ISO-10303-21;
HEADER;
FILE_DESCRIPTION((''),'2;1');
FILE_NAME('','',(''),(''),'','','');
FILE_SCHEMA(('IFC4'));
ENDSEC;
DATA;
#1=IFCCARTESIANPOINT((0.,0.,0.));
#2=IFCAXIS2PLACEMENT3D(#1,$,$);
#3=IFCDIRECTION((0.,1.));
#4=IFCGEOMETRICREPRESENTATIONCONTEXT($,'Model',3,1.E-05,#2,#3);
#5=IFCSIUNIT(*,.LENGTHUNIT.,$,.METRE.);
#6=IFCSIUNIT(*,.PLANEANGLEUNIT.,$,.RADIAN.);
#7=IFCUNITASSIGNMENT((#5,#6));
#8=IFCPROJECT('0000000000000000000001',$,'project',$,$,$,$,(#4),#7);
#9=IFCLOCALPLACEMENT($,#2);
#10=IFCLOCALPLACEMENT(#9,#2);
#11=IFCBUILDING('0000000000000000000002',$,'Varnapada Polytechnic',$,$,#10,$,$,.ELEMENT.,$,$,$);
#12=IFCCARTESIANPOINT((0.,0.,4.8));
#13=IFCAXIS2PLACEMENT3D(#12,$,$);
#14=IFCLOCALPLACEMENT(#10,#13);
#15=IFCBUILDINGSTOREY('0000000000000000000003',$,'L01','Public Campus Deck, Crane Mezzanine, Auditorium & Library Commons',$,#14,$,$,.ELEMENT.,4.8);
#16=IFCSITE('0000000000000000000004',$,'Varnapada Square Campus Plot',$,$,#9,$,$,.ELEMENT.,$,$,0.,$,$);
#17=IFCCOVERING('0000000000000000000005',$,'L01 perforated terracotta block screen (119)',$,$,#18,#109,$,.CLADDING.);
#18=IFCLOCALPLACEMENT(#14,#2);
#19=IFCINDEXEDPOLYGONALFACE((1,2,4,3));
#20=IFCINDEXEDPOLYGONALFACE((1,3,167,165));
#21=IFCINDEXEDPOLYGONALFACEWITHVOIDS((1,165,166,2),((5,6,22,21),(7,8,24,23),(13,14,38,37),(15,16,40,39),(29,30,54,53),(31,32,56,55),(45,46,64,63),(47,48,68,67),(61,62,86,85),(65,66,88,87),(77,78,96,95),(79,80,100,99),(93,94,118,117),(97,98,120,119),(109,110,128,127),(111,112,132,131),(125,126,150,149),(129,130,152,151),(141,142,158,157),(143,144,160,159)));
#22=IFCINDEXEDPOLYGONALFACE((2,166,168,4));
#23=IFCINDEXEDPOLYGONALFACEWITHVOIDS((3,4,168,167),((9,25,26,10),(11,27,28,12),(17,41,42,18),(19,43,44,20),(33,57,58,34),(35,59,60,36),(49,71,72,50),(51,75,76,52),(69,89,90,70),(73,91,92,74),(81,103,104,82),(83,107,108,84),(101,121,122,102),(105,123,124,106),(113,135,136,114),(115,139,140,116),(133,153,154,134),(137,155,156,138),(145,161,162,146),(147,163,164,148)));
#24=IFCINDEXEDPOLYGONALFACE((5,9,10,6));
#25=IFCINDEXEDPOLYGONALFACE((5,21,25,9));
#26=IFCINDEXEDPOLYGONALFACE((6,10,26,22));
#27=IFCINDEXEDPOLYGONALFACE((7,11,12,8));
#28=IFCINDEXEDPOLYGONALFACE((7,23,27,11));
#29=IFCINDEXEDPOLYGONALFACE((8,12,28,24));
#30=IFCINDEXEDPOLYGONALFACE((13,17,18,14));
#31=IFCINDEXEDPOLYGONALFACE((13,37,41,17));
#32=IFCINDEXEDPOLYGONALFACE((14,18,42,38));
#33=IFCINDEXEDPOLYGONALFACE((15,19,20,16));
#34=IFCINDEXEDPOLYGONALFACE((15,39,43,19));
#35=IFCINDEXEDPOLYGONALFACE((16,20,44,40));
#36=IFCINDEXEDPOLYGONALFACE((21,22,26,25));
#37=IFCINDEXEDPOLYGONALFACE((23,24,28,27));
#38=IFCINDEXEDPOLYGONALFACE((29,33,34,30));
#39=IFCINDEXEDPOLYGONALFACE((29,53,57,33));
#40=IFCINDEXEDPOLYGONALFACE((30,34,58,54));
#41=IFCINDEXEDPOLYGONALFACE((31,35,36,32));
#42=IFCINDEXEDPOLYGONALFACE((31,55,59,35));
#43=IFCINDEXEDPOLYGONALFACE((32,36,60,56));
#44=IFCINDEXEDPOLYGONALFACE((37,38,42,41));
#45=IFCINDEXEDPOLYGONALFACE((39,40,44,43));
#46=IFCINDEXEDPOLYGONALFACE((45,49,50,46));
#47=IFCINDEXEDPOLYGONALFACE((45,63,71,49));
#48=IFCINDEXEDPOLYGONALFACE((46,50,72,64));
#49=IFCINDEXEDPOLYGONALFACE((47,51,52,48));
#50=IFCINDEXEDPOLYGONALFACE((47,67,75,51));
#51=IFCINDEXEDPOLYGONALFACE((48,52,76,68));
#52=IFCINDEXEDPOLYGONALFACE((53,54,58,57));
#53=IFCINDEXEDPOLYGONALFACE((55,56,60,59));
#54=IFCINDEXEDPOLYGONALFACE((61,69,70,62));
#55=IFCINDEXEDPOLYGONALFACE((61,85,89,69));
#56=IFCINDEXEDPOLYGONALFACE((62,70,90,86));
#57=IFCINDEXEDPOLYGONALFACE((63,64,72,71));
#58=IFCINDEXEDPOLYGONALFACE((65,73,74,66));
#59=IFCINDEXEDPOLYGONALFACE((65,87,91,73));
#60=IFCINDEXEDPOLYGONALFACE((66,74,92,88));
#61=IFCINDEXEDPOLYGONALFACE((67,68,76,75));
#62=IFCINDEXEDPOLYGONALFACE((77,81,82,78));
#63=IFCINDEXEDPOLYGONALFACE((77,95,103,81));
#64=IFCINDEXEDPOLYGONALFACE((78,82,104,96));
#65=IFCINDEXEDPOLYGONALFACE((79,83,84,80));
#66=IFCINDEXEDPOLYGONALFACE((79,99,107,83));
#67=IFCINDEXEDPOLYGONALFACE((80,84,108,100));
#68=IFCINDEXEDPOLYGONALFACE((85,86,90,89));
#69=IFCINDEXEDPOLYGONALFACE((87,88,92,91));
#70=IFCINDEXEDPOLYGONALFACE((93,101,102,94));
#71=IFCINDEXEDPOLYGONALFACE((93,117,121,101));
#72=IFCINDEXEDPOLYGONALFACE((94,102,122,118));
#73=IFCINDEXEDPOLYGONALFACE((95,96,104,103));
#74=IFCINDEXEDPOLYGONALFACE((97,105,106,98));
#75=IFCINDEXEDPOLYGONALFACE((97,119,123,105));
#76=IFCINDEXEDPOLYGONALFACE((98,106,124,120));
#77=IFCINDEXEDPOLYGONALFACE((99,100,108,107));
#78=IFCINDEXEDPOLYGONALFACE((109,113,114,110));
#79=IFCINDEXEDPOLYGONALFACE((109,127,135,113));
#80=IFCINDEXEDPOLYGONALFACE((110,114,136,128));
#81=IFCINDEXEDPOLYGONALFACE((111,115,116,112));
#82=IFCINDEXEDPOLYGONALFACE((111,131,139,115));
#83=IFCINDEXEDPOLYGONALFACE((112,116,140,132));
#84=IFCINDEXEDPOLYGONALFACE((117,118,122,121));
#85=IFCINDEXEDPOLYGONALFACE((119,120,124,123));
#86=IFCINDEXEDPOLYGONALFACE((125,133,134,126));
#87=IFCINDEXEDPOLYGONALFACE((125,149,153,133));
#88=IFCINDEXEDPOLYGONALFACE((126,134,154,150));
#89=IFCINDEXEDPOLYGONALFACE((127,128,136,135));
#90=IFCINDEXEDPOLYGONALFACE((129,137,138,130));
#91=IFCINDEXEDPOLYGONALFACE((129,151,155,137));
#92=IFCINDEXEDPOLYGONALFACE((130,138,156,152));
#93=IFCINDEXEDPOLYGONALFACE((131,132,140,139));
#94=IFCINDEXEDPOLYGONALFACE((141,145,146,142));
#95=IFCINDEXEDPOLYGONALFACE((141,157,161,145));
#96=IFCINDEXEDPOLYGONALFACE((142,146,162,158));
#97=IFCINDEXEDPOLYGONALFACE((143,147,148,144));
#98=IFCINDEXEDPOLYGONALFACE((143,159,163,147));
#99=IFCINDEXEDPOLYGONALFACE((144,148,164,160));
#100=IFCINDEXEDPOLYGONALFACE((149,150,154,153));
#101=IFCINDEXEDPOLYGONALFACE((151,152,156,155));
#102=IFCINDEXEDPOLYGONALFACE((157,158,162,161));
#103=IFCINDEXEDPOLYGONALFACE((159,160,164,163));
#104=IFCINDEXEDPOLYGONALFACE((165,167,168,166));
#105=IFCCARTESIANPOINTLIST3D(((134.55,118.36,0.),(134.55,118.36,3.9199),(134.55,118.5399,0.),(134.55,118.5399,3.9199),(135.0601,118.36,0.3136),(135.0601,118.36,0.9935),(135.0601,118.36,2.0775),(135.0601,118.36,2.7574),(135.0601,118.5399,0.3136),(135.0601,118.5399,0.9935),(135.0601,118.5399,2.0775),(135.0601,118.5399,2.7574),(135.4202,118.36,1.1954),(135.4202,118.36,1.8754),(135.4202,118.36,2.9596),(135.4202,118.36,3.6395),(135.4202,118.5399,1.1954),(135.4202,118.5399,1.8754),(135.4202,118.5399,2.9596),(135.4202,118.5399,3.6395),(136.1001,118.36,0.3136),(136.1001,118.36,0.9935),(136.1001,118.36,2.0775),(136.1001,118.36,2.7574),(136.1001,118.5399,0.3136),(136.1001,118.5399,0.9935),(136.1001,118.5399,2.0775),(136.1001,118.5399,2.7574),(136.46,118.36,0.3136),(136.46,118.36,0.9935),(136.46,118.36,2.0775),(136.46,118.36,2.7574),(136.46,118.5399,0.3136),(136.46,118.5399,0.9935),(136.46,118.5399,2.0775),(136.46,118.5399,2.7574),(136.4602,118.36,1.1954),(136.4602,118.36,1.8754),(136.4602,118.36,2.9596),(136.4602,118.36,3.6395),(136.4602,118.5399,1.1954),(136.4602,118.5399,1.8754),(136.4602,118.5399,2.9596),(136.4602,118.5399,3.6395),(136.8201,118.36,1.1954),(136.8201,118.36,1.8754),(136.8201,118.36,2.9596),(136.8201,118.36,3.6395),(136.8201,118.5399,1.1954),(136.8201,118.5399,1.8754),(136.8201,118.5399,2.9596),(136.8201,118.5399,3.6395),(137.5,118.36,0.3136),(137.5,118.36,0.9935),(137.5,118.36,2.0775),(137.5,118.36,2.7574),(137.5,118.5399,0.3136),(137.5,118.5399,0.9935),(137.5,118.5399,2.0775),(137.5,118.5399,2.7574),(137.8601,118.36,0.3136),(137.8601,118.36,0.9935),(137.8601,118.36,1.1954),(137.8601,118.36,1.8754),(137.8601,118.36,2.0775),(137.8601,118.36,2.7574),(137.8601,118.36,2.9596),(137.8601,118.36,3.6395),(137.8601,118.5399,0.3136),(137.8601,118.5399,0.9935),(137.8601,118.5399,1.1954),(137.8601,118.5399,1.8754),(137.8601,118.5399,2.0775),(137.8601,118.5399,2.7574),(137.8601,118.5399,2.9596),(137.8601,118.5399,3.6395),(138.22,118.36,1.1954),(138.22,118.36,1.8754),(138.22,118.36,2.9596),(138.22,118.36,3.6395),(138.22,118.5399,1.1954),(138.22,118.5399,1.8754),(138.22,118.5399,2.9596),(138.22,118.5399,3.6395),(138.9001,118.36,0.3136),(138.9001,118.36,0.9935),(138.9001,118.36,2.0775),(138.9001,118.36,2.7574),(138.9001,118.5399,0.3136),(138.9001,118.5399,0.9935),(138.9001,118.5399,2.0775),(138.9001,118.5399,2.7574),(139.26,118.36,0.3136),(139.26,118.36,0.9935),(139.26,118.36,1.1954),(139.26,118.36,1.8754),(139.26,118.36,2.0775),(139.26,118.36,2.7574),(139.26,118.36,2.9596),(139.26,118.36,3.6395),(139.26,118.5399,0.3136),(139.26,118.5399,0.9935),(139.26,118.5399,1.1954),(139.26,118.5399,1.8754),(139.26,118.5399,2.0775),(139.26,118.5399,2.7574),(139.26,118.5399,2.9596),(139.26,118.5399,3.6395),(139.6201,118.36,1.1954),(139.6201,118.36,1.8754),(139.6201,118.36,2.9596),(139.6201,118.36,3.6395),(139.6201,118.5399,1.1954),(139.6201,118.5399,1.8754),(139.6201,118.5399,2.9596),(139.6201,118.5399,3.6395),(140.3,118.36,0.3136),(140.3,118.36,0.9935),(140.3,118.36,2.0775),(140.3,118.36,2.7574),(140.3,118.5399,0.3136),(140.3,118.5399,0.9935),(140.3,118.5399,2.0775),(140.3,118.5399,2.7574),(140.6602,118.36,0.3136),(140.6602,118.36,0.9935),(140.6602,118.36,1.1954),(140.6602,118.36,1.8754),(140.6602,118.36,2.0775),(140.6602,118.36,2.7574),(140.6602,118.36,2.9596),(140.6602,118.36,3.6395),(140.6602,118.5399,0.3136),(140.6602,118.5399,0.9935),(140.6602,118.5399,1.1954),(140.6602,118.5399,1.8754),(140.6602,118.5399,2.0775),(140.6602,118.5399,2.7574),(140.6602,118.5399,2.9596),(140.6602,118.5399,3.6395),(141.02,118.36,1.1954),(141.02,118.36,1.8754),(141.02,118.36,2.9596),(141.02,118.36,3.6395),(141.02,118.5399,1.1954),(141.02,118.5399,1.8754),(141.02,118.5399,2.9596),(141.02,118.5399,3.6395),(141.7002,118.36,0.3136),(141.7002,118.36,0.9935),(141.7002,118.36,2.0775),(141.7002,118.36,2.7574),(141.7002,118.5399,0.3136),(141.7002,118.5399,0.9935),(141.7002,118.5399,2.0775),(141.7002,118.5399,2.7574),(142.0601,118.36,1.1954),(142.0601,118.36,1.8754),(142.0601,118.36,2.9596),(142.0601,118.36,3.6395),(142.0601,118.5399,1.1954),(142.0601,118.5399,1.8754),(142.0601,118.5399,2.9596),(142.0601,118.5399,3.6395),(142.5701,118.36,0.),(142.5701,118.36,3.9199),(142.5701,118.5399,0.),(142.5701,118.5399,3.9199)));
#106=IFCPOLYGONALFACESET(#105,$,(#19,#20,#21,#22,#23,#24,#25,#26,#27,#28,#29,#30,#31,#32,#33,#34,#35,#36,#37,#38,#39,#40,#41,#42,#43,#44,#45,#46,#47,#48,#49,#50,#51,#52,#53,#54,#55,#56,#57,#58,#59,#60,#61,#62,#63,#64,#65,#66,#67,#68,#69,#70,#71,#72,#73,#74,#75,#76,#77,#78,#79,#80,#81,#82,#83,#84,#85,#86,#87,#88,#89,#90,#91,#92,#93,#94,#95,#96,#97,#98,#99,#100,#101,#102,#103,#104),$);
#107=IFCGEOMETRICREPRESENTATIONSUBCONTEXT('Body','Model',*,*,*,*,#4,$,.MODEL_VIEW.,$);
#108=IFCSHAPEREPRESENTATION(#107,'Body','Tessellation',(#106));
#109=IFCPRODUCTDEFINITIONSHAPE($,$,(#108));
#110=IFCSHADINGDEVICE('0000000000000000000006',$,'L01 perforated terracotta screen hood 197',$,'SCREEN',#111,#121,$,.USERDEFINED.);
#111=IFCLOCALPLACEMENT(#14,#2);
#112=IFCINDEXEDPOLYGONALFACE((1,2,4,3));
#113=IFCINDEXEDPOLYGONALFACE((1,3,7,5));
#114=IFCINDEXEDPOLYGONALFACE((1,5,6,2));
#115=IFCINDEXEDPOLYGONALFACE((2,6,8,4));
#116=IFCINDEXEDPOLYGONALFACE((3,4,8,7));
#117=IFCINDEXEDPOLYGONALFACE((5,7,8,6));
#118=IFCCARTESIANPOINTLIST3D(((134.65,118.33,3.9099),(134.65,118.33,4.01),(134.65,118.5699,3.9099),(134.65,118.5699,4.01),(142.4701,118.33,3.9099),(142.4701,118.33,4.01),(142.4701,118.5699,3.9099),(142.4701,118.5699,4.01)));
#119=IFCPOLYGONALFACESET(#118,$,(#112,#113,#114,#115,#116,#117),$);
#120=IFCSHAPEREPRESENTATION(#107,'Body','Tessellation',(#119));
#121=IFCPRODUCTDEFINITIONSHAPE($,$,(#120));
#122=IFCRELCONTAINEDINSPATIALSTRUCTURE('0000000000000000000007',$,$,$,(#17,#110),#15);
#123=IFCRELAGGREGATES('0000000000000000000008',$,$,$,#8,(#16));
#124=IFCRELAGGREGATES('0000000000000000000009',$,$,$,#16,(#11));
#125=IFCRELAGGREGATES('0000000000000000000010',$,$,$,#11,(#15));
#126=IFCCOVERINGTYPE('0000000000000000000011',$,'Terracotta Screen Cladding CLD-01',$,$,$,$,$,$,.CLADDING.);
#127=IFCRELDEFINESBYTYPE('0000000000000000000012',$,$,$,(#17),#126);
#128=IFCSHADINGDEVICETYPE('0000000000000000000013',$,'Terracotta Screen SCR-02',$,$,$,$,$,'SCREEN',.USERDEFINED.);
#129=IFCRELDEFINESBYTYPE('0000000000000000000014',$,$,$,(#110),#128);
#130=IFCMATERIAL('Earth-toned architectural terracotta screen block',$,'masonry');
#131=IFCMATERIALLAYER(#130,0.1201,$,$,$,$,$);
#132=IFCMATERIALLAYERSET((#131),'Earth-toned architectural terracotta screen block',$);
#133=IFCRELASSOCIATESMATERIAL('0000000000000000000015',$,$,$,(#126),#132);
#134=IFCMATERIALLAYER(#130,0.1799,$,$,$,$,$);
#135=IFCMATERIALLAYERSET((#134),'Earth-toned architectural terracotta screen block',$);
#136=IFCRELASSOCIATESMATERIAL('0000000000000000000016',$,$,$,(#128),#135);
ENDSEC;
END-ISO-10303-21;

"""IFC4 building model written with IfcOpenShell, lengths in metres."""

from ifc_helpers import new_model, si_unit, direction, frame, frame_2d, origin, origin_2d, place, context, subcontext, project, spatial, rectangle, extrude, material, layer, layer_set, type_object, element, save


model = new_model("IFC4")

# Units and contexts
model_context = context("Model", 3, precision=1e-05, world=origin(), true_north=direction((0.0, 1.0)))
body_context = subcontext(model_context, "Body", "Model", "MODEL_VIEW")
ifc_project = project(units=[si_unit("LENGTHUNIT", "METRE"), si_unit("PLANEANGLEUNIT", "RADIAN")], contexts=[model_context])

# Site, building, storey
site_placement = place(None, origin())
site = spatial("IfcSite", under=ifc_project, at=site_placement, Name="Varnapada Square Campus Plot", CompositionType="ELEMENT", RefElevation=0.0)
building_placement = place(site_placement, origin())
building = spatial("IfcBuilding", under=site, at=building_placement, Name="Varnapada Polytechnic", CompositionType="ELEMENT")
storey_placement = place(building_placement, frame((0.0, 0.0, 4.8)))
storey = spatial("IfcBuildingStorey", under=building, at=storey_placement, Name="L01", Description="Public Campus Deck, Crane Mezzanine, Auditorium & Library Commons", CompositionType="ELEMENT", Elevation=4.8)

# Covering, openings
ifc_material_1 = material(Name="Earth-toned architectural terracotta screen block", Category="masonry")
ifc_layer_1 = layer(ifc_material_1, 0.1201)
ifc_layer_set_1 = layer_set([ifc_layer_1], Name="Earth-toned architectural terracotta screen block")
covering_type = type_object("IfcCoveringType", Name="Terracotta Screen Cladding CLD-01", PredefinedType="CLADDING", material=ifc_layer_set_1)
covering_placement = place(storey_placement, frame((134.55, 118.45, 0.0), z_axis=(0.0, 0.0, 1.0), x_axis=(1.0, 0.0, 0.0)))
covering = element("IfcCovering", 1, at=covering_placement, inside=storey, type_object=covering_type, Name="L01 perforated terracotta block screen (119)", PredefinedType="CLADDING", context=body_context, shape_type="SweptSolid", body=[
    extrude(rectangle(XDim=8.02, YDim=0.1799, at=frame_2d((4.01, 0.0))), origin(), (0.0, 0.0, 1.0), 3.9199),
])
opening_1_placement = place(covering_placement, frame((0.51, 0.0, 0.3137)))
element("IfcOpeningElement", 2, at=opening_1_placement, cuts=covering, PredefinedType="OPENING", context=body_context, shape_type="SweptSolid", body=[
    extrude(rectangle(XDim=1.04, YDim=0.6799, at=frame_2d((0.52, 0.3398))), frame((0.0, 0.0999, 0.0), z_axis=(0.0, -1.0, 0.0), x_axis=(1.0, 0.0, 0.0)), (0.0, 0.0, 1.0), 0.2),
])
opening_2_placement = place(covering_placement, frame((1.9099, 0.0, 0.3137)))
element("IfcOpeningElement", 3, at=opening_2_placement, cuts=covering, PredefinedType="OPENING", context=body_context, shape_type="SweptSolid", body=[
    extrude(rectangle(XDim=1.04, YDim=0.6799, at=frame_2d((0.52, 0.3398))), frame((0.0, 0.0999, 0.0), z_axis=(0.0, -1.0, 0.0), x_axis=(1.0, 0.0, 0.0)), (0.0, 0.0, 1.0), 0.2),
])
opening_3_placement = place(covering_placement, frame((3.3101, 0.0, 0.3137)))
element("IfcOpeningElement", 4, at=opening_3_placement, cuts=covering, PredefinedType="OPENING", context=body_context, shape_type="SweptSolid", body=[
    extrude(rectangle(XDim=1.04, YDim=0.6799, at=frame_2d((0.52, 0.3398))), frame((0.0, 0.0999, 0.0), z_axis=(0.0, -1.0, 0.0), x_axis=(1.0, 0.0, 0.0)), (0.0, 0.0, 1.0), 0.2),
])
opening_4_placement = place(covering_placement, frame((4.71, 0.0, 0.3137)))
element("IfcOpeningElement", 5, at=opening_4_placement, cuts=covering, PredefinedType="OPENING", context=body_context, shape_type="SweptSolid", body=[
    extrude(rectangle(XDim=1.04, YDim=0.6799, at=frame_2d((0.52, 0.3398))), frame((0.0, 0.0999, 0.0), z_axis=(0.0, -1.0, 0.0), x_axis=(1.0, 0.0, 0.0)), (0.0, 0.0, 1.0), 0.2),
])
opening_5_placement = place(covering_placement, frame((6.1101, 0.0, 0.3137)))
element("IfcOpeningElement", 6, at=opening_5_placement, cuts=covering, PredefinedType="OPENING", context=body_context, shape_type="SweptSolid", body=[
    extrude(rectangle(XDim=1.04, YDim=0.6799, at=frame_2d((0.52, 0.3398))), frame((0.0, 0.0999, 0.0), z_axis=(0.0, -1.0, 0.0), x_axis=(1.0, 0.0, 0.0)), (0.0, 0.0, 1.0), 0.2),
])
opening_6_placement = place(covering_placement, frame((0.8701, 0.0, 1.1956)))
element("IfcOpeningElement", 7, at=opening_6_placement, cuts=covering, PredefinedType="OPENING", context=body_context, shape_type="SweptSolid", body=[
    extrude(rectangle(XDim=1.04, YDim=0.6799, at=frame_2d((0.52, 0.3398))), frame((0.0, 0.0999, 0.0), z_axis=(0.0, -1.0, 0.0), x_axis=(1.0, 0.0, 0.0)), (0.0, 0.0, 1.0), 0.2),
])
opening_7_placement = place(covering_placement, frame((2.27, 0.0, 1.1956)))
element("IfcOpeningElement", 8, at=opening_7_placement, cuts=covering, PredefinedType="OPENING", context=body_context, shape_type="SweptSolid", body=[
    extrude(rectangle(XDim=1.04, YDim=0.6799, at=frame_2d((0.52, 0.3398))), frame((0.0, 0.0999, 0.0), z_axis=(0.0, -1.0, 0.0), x_axis=(1.0, 0.0, 0.0)), (0.0, 0.0, 1.0), 0.2),
])
opening_8_placement = place(covering_placement, frame((3.6699, 0.0, 1.1956)))
element("IfcOpeningElement", 9, at=opening_8_placement, cuts=covering, PredefinedType="OPENING", context=body_context, shape_type="SweptSolid", body=[
    extrude(rectangle(XDim=1.04, YDim=0.6799, at=frame_2d((0.52, 0.3398))), frame((0.0, 0.0999, 0.0), z_axis=(0.0, -1.0, 0.0), x_axis=(1.0, 0.0, 0.0)), (0.0, 0.0, 1.0), 0.2),
])
opening_9_placement = place(covering_placement, frame((5.0701, 0.0, 1.1956)))
element("IfcOpeningElement", 10, at=opening_9_placement, cuts=covering, PredefinedType="OPENING", context=body_context, shape_type="SweptSolid", body=[
    extrude(rectangle(XDim=1.04, YDim=0.6799, at=frame_2d((0.52, 0.3398))), frame((0.0, 0.0999, 0.0), z_axis=(0.0, -1.0, 0.0), x_axis=(1.0, 0.0, 0.0)), (0.0, 0.0, 1.0), 0.2),
])
opening_10_placement = place(covering_placement, frame((6.47, 0.0, 1.1956)))
element("IfcOpeningElement", 11, at=opening_10_placement, cuts=covering, PredefinedType="OPENING", context=body_context, shape_type="SweptSolid", body=[
    extrude(rectangle(XDim=1.04, YDim=0.6799, at=frame_2d((0.52, 0.3398))), frame((0.0, 0.0999, 0.0), z_axis=(0.0, -1.0, 0.0), x_axis=(1.0, 0.0, 0.0)), (0.0, 0.0, 1.0), 0.2),
])
opening_11_placement = place(covering_placement, frame((0.51, 0.0, 2.0776)))
element("IfcOpeningElement", 12, at=opening_11_placement, cuts=covering, PredefinedType="OPENING", context=body_context, shape_type="SweptSolid", body=[
    extrude(rectangle(XDim=1.04, YDim=0.6799, at=frame_2d((0.52, 0.3398))), frame((0.0, 0.0999, 0.0), z_axis=(0.0, -1.0, 0.0), x_axis=(1.0, 0.0, 0.0)), (0.0, 0.0, 1.0), 0.2),
])
opening_12_placement = place(covering_placement, frame((1.9099, 0.0, 2.0776)))
element("IfcOpeningElement", 13, at=opening_12_placement, cuts=covering, PredefinedType="OPENING", context=body_context, shape_type="SweptSolid", body=[
    extrude(rectangle(XDim=1.04, YDim=0.6799, at=frame_2d((0.52, 0.3398))), frame((0.0, 0.0999, 0.0), z_axis=(0.0, -1.0, 0.0), x_axis=(1.0, 0.0, 0.0)), (0.0, 0.0, 1.0), 0.2),
])
opening_13_placement = place(covering_placement, frame((3.3101, 0.0, 2.0776)))
element("IfcOpeningElement", 14, at=opening_13_placement, cuts=covering, PredefinedType="OPENING", context=body_context, shape_type="SweptSolid", body=[
    extrude(rectangle(XDim=1.04, YDim=0.6799, at=frame_2d((0.52, 0.3398))), frame((0.0, 0.0999, 0.0), z_axis=(0.0, -1.0, 0.0), x_axis=(1.0, 0.0, 0.0)), (0.0, 0.0, 1.0), 0.2),
])
opening_14_placement = place(covering_placement, frame((4.71, 0.0, 2.0776)))
element("IfcOpeningElement", 15, at=opening_14_placement, cuts=covering, PredefinedType="OPENING", context=body_context, shape_type="SweptSolid", body=[
    extrude(rectangle(XDim=1.04, YDim=0.6799, at=frame_2d((0.52, 0.3398))), frame((0.0, 0.0999, 0.0), z_axis=(0.0, -1.0, 0.0), x_axis=(1.0, 0.0, 0.0)), (0.0, 0.0, 1.0), 0.2),
])
opening_15_placement = place(covering_placement, frame((6.1101, 0.0, 2.0776)))
element("IfcOpeningElement", 16, at=opening_15_placement, cuts=covering, PredefinedType="OPENING", context=body_context, shape_type="SweptSolid", body=[
    extrude(rectangle(XDim=1.04, YDim=0.6799, at=frame_2d((0.52, 0.3398))), frame((0.0, 0.0999, 0.0), z_axis=(0.0, -1.0, 0.0), x_axis=(1.0, 0.0, 0.0)), (0.0, 0.0, 1.0), 0.2),
])
opening_16_placement = place(covering_placement, frame((0.8701, 0.0, 2.9597)))
element("IfcOpeningElement", 17, at=opening_16_placement, cuts=covering, PredefinedType="OPENING", context=body_context, shape_type="SweptSolid", body=[
    extrude(rectangle(XDim=1.04, YDim=0.6799, at=frame_2d((0.52, 0.3398))), frame((0.0, 0.0999, 0.0), z_axis=(0.0, -1.0, 0.0), x_axis=(1.0, 0.0, 0.0)), (0.0, 0.0, 1.0), 0.2),
])
opening_17_placement = place(covering_placement, frame((2.27, 0.0, 2.9597)))
element("IfcOpeningElement", 18, at=opening_17_placement, cuts=covering, PredefinedType="OPENING", context=body_context, shape_type="SweptSolid", body=[
    extrude(rectangle(XDim=1.04, YDim=0.6799, at=frame_2d((0.52, 0.3398))), frame((0.0, 0.0999, 0.0), z_axis=(0.0, -1.0, 0.0), x_axis=(1.0, 0.0, 0.0)), (0.0, 0.0, 1.0), 0.2),
])
opening_18_placement = place(covering_placement, frame((3.6699, 0.0, 2.9597)))
element("IfcOpeningElement", 19, at=opening_18_placement, cuts=covering, PredefinedType="OPENING", context=body_context, shape_type="SweptSolid", body=[
    extrude(rectangle(XDim=1.04, YDim=0.6799, at=frame_2d((0.52, 0.3398))), frame((0.0, 0.0999, 0.0), z_axis=(0.0, -1.0, 0.0), x_axis=(1.0, 0.0, 0.0)), (0.0, 0.0, 1.0), 0.2),
])
opening_19_placement = place(covering_placement, frame((5.0701, 0.0, 2.9597)))
element("IfcOpeningElement", 20, at=opening_19_placement, cuts=covering, PredefinedType="OPENING", context=body_context, shape_type="SweptSolid", body=[
    extrude(rectangle(XDim=1.04, YDim=0.6799, at=frame_2d((0.52, 0.3398))), frame((0.0, 0.0999, 0.0), z_axis=(0.0, -1.0, 0.0), x_axis=(1.0, 0.0, 0.0)), (0.0, 0.0, 1.0), 0.2),
])
opening_20_placement = place(covering_placement, frame((6.47, 0.0, 2.9597)))
element("IfcOpeningElement", 21, at=opening_20_placement, cuts=covering, PredefinedType="OPENING", context=body_context, shape_type="SweptSolid", body=[
    extrude(rectangle(XDim=1.04, YDim=0.6799, at=frame_2d((0.52, 0.3398))), frame((0.0, 0.0999, 0.0), z_axis=(0.0, -1.0, 0.0), x_axis=(1.0, 0.0, 0.0)), (0.0, 0.0, 1.0), 0.2),
])

# Shading device
ifc_layer_2 = layer(ifc_material_1, 0.1799)
ifc_layer_set_2 = layer_set([ifc_layer_2], Name="Earth-toned architectural terracotta screen block")
shading_device_type = type_object("IfcShadingDeviceType", Name="Terracotta Screen SCR-02", ElementType="SCREEN", PredefinedType="USERDEFINED", material=ifc_layer_set_2)
shading_device_placement = place(storey_placement, frame((138.5601, 118.45, 3.9099), z_axis=(0.0, 0.0, 1.0), x_axis=(1.0, 0.0, 0.0)))
element("IfcShadingDevice", 22, at=shading_device_placement, inside=storey, type_object=shading_device_type, Name="L01 perforated terracotta screen hood 197", ObjectType="SCREEN", PredefinedType="USERDEFINED", context=body_context, shape_type="SweptSolid", body=[
    extrude(rectangle(XDim=7.8201, YDim=0.24, at=origin_2d()), origin(), (0.0, 0.0, 1.0), 0.1001),
])

save(model, "model.ifc")
